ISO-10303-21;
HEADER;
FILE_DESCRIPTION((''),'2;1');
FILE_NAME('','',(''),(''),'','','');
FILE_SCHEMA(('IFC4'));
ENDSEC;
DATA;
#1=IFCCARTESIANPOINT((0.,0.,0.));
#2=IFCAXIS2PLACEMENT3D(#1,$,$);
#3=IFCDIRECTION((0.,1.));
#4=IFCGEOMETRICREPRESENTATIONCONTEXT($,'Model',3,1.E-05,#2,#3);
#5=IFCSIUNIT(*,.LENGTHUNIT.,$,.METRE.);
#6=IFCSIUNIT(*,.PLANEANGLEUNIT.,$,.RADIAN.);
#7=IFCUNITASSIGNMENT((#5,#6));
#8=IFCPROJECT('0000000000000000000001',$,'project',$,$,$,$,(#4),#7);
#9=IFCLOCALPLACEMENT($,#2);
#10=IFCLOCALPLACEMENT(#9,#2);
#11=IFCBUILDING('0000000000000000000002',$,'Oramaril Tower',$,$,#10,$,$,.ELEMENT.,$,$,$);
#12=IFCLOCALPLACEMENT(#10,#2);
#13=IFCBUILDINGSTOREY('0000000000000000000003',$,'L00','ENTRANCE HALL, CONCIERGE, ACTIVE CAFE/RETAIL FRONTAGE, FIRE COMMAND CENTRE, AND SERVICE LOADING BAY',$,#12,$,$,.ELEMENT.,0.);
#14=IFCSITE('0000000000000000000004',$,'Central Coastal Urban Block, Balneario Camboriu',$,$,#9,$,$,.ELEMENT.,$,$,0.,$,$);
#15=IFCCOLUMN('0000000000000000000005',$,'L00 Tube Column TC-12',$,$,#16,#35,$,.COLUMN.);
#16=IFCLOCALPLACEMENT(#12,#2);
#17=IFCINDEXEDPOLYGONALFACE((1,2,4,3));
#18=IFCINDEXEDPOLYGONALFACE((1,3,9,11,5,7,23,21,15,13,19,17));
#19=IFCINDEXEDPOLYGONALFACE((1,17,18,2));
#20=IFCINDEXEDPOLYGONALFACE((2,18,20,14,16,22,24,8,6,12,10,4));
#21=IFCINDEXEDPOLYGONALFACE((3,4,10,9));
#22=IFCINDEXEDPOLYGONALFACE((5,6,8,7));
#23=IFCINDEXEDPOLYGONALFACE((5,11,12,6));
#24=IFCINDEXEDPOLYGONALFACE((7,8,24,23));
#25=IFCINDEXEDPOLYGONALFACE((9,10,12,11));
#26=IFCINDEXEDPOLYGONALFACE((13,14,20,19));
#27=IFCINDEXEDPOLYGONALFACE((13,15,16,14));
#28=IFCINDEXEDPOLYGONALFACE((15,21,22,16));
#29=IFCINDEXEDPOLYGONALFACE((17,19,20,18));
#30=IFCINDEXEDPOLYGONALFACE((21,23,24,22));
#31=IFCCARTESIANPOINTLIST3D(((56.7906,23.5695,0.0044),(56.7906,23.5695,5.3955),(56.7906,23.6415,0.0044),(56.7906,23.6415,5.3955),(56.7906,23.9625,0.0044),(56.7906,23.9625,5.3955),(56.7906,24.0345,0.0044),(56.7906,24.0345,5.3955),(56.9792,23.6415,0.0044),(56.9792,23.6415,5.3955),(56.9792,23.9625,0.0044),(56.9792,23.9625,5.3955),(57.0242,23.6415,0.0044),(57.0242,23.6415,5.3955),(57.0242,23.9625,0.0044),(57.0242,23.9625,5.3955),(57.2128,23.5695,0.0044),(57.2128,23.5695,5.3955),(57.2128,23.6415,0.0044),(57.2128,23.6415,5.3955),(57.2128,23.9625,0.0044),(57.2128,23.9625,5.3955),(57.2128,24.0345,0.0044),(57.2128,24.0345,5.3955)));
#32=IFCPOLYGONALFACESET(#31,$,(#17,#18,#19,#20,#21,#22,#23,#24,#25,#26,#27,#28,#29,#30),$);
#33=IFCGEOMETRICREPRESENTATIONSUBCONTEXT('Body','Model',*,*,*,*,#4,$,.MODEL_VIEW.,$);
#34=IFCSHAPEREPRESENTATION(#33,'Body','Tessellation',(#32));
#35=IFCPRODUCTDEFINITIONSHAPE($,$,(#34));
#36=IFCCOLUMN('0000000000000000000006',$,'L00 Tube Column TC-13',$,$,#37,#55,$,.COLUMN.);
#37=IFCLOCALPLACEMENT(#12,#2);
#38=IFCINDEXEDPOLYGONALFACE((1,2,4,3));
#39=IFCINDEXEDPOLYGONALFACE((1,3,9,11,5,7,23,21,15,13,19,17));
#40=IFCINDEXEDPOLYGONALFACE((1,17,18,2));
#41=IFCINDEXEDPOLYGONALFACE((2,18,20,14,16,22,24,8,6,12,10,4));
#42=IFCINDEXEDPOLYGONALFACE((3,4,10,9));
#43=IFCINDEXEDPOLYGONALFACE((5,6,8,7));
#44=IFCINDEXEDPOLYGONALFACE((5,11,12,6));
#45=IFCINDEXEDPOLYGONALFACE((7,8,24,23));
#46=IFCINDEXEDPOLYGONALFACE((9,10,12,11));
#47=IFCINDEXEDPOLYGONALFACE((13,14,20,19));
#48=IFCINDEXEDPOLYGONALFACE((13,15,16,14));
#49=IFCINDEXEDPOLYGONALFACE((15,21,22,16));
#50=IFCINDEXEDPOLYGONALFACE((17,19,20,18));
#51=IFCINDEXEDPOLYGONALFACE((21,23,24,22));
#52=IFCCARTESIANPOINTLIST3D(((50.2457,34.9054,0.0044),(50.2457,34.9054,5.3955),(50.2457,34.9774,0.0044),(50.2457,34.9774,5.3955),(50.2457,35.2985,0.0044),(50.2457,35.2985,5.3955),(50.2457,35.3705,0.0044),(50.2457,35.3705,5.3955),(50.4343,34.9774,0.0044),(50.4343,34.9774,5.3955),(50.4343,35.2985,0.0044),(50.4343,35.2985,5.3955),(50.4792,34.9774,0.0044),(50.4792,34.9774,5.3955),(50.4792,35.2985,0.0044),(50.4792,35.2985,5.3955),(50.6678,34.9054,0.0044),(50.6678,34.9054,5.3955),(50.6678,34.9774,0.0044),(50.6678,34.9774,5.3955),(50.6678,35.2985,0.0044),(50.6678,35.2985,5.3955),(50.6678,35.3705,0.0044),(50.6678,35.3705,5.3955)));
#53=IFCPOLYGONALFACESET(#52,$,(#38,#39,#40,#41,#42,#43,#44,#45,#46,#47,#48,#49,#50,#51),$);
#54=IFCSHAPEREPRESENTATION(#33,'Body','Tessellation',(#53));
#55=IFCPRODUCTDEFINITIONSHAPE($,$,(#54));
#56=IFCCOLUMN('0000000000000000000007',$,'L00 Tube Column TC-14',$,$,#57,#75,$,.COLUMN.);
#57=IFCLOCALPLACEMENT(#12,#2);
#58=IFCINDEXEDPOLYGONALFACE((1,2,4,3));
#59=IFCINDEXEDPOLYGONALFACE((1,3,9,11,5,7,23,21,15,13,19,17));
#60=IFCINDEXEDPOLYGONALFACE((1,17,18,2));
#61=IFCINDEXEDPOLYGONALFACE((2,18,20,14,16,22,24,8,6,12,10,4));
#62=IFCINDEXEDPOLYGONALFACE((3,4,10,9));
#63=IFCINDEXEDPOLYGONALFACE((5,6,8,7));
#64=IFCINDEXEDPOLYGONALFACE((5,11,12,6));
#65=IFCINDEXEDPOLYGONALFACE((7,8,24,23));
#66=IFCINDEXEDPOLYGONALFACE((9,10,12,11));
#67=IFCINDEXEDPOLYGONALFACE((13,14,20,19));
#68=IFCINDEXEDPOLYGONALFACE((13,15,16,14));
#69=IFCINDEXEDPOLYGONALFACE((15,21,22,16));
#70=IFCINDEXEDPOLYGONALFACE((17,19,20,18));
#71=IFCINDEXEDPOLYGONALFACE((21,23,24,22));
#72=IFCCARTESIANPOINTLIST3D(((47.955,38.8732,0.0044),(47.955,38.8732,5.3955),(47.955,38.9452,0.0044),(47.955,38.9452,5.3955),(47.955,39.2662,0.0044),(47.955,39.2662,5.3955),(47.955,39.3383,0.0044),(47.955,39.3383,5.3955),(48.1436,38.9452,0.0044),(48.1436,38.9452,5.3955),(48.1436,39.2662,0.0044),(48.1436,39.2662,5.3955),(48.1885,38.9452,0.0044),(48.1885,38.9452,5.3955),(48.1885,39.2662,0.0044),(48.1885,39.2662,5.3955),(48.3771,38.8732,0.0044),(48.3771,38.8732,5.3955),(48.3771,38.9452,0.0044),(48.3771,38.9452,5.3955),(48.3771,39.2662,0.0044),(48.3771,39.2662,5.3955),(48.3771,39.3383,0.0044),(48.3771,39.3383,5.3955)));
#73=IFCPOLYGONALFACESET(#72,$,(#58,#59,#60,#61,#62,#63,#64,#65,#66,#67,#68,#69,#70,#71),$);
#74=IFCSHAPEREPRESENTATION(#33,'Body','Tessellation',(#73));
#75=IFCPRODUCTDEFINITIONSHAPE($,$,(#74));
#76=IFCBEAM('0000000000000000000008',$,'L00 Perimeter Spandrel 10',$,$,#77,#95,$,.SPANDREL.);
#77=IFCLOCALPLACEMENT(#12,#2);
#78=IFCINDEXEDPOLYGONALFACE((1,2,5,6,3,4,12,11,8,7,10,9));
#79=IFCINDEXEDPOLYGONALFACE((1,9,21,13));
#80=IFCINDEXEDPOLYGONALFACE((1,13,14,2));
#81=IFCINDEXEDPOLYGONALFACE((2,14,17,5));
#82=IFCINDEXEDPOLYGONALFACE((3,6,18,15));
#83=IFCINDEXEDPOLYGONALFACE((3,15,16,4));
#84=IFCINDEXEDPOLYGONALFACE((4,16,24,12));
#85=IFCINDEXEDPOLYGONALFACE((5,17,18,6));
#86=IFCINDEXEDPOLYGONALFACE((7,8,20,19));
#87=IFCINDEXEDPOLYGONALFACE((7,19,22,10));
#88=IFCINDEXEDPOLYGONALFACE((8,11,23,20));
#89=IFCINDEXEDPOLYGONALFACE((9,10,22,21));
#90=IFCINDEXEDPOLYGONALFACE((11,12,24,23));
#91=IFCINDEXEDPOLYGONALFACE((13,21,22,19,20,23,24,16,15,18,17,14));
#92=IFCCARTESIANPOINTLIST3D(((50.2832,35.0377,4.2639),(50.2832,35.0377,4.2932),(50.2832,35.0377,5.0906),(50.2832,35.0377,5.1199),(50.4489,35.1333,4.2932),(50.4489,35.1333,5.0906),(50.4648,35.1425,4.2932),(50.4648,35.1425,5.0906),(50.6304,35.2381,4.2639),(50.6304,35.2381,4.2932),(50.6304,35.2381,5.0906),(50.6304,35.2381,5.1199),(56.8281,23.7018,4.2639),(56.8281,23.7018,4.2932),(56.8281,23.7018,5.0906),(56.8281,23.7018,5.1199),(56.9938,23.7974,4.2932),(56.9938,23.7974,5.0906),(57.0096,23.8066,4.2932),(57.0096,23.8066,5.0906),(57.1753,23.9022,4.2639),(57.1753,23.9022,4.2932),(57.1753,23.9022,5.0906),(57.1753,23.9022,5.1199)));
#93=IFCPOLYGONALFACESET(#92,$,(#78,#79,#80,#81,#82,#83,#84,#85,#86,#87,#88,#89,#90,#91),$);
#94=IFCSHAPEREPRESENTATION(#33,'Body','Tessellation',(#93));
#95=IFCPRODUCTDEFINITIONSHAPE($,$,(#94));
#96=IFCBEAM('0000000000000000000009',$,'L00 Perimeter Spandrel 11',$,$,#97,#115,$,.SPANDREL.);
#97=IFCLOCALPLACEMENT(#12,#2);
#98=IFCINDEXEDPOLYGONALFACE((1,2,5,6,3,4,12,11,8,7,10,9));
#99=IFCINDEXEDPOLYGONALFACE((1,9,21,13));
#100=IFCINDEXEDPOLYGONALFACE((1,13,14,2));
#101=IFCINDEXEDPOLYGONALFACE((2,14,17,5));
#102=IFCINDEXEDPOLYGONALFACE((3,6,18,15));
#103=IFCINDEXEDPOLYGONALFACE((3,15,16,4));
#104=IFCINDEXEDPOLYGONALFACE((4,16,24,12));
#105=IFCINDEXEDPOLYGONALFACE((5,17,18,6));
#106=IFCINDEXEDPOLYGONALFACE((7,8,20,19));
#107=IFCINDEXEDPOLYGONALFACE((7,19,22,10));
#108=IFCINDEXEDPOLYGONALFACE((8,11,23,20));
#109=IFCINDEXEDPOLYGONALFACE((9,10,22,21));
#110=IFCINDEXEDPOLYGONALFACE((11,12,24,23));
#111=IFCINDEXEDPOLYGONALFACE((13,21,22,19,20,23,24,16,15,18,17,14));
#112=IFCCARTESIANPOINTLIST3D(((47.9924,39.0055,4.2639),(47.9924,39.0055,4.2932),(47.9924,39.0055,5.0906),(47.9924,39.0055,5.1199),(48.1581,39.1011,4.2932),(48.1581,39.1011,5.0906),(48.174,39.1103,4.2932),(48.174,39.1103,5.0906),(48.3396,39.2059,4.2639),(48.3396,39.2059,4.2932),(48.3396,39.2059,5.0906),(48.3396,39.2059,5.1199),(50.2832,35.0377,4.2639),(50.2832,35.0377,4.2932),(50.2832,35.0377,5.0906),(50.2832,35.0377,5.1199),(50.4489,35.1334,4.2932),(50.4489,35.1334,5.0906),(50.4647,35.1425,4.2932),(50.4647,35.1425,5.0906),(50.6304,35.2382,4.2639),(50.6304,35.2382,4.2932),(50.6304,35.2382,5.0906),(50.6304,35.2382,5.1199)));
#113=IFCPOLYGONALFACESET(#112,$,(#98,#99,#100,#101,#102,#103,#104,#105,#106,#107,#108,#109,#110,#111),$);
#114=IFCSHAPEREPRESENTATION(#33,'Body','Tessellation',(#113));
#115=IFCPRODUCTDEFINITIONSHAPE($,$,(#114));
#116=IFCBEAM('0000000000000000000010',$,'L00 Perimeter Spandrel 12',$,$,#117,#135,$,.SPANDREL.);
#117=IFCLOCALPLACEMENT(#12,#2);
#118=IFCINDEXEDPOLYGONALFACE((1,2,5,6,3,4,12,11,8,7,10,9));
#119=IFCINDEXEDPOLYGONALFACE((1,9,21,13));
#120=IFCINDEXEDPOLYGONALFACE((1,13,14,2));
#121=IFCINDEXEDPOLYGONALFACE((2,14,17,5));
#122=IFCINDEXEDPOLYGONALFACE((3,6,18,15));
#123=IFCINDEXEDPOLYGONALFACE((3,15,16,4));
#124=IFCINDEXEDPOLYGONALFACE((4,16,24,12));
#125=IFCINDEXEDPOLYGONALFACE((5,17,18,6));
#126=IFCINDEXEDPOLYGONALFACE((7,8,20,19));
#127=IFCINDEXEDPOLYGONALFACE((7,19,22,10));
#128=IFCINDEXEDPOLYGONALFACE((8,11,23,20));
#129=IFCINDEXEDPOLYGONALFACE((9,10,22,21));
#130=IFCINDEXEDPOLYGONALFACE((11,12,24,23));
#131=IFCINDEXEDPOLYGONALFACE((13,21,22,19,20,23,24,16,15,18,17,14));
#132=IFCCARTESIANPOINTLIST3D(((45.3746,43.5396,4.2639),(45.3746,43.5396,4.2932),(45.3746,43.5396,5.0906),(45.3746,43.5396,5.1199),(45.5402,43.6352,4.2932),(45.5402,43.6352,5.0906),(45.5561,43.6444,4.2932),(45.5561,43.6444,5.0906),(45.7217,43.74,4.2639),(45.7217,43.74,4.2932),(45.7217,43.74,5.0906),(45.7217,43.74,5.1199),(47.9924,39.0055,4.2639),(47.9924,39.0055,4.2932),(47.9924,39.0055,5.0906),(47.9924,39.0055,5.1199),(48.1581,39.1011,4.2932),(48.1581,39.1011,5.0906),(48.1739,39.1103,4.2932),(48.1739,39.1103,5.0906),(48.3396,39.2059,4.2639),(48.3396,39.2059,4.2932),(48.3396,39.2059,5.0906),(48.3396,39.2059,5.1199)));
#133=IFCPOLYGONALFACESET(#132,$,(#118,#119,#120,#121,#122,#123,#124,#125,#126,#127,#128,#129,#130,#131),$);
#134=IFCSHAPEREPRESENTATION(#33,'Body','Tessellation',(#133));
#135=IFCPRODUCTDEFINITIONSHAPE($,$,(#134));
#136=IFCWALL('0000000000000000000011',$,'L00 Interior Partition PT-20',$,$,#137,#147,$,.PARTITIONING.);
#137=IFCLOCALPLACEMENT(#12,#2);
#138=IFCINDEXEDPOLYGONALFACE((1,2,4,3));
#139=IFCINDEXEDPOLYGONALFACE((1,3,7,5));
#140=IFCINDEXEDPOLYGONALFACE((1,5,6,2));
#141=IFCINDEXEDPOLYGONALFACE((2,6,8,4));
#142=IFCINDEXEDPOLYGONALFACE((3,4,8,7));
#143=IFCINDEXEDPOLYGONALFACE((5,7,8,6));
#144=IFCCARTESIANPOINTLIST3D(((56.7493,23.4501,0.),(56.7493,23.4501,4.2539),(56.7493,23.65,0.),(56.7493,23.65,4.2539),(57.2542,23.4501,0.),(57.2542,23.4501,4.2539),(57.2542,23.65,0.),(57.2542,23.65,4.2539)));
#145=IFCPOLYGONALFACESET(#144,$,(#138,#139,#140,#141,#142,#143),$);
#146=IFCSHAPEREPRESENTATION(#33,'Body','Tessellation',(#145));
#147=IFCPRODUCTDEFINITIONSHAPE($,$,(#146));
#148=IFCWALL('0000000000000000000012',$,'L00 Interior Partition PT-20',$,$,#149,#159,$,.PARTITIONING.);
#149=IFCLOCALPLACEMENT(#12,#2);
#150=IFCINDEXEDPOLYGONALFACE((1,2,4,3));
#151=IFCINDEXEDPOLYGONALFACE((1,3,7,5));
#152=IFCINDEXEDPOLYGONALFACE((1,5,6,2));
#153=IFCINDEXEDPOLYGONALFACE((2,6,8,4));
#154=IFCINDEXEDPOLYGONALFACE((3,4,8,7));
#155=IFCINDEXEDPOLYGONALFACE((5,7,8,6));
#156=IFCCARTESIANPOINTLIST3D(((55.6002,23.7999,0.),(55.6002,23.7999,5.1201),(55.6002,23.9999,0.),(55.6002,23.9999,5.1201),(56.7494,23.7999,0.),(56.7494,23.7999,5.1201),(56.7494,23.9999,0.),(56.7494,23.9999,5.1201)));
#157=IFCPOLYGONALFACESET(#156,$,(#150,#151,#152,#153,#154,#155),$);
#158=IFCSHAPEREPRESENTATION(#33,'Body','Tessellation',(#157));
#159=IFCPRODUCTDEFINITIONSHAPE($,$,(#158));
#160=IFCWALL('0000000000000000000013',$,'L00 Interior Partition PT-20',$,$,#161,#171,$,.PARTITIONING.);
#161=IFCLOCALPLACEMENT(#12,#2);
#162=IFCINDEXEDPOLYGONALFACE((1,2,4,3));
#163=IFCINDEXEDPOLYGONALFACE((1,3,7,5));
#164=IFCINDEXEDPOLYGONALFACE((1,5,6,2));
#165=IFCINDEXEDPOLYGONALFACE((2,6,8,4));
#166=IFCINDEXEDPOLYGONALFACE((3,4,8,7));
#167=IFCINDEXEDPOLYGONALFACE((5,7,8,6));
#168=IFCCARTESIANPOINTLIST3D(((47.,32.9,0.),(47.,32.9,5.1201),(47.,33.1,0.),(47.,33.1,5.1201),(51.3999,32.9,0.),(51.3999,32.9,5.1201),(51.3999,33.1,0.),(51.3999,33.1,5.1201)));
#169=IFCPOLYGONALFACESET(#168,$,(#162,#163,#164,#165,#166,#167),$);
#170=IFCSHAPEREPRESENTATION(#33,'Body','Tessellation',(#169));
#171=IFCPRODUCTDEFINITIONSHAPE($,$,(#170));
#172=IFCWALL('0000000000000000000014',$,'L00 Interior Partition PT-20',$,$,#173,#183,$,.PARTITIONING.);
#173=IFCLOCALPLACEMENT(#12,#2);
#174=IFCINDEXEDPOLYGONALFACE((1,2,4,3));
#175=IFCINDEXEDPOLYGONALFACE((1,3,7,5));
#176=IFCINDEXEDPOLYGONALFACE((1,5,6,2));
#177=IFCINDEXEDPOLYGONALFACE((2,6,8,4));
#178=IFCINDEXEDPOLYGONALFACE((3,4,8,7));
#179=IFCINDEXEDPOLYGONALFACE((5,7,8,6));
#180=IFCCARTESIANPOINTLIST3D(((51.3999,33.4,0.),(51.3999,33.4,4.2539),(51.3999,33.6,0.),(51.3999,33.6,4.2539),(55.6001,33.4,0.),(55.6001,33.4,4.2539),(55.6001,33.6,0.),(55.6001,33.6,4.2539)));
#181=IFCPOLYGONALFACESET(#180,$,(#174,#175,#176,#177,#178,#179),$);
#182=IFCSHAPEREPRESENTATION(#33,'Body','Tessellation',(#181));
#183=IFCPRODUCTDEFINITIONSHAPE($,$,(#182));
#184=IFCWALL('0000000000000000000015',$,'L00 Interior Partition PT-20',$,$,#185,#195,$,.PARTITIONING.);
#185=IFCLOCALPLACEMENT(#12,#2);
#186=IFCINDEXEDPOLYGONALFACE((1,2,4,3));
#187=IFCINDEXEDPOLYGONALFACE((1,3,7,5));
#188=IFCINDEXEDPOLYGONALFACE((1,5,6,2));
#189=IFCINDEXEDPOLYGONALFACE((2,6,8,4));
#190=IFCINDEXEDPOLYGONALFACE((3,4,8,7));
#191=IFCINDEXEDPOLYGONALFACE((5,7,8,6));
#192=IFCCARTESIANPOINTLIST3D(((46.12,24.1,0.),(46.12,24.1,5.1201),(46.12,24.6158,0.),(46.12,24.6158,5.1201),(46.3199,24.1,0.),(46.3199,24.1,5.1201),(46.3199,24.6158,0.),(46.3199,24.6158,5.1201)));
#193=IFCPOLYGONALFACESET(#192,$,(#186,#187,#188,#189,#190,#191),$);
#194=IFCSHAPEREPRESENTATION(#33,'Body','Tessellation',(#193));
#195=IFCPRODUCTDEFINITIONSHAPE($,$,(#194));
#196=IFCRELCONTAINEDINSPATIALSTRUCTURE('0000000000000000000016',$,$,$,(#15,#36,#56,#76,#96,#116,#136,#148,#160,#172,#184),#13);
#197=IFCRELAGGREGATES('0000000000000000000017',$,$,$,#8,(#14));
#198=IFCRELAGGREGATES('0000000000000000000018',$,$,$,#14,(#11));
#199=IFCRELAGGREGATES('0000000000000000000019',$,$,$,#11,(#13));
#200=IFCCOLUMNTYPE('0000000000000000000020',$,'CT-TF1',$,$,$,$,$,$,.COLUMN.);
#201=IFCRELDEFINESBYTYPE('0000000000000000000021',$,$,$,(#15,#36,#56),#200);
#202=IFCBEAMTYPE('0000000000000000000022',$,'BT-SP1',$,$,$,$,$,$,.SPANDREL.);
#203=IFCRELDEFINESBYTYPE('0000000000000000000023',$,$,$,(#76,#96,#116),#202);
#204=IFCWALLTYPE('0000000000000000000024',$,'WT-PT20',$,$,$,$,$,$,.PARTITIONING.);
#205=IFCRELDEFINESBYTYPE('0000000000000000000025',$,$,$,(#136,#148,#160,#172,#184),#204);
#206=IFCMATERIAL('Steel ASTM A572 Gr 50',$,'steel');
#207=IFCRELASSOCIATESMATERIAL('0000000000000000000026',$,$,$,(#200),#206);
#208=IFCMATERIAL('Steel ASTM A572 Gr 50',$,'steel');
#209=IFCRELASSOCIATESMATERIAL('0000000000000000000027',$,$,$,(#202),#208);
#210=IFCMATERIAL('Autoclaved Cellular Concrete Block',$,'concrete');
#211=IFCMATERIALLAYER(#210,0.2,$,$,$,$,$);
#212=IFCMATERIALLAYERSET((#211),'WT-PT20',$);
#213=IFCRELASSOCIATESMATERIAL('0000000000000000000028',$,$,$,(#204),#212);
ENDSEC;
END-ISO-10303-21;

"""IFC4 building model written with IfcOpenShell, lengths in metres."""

from ifc_helpers import new_model, si_unit, direction, frame, frame_2d, origin, origin_2d, place, context, subcontext, project, spatial, rectangle, i_section, extrude, material, layer, layer_set, material_profile, profile_set, type_object, element, save


model = new_model("IFC4")

# Units and contexts
model_context = context("Model", 3, precision=1e-05, world=origin(), true_north=direction((0.0, 1.0)))
body_context = subcontext(model_context, "Body", "Model", "MODEL_VIEW")
ifc_project = project(units=[si_unit("LENGTHUNIT", "METRE"), si_unit("PLANEANGLEUNIT", "RADIAN")], contexts=[model_context])

# Site, building, storey
site_placement = place(None, origin())
site = spatial("IfcSite", under=ifc_project, at=site_placement, Name="Central Coastal Urban Block, Balneario Camboriu", CompositionType="ELEMENT", RefElevation=0.0)
building_placement = place(site_placement, origin())
building = spatial("IfcBuilding", under=site, at=building_placement, Name="Oramaril Tower", CompositionType="ELEMENT")
storey_placement = place(building_placement, origin())
storey = spatial("IfcBuildingStorey", under=building, at=storey_placement, Name="L00", Description="ENTRANCE HALL, CONCIERGE, ACTIVE CAFE/RETAIL FRONTAGE, FIRE COMMAND CENTRE, AND SERVICE LOADING BAY", CompositionType="ELEMENT", Elevation=0.0)

# Columns
ifc_material_1 = material(Name="Steel ASTM A572 Gr 50", Category="steel")
ifc_material_profile_1 = material_profile(ifc_material_1, i_section(OverallWidth=0.4221, OverallDepth=0.4651, WebThickness=0.0449, FlangeThickness=0.072, at=origin_2d()), Name="W14X398")
ifc_profile_set_1 = profile_set([ifc_material_profile_1], Name="Steel ASTM A572 Gr 50")
column_type = type_object("IfcColumnType", Name="CT-TF1", PredefinedType="COLUMN", material=ifc_profile_set_1)
for number, where, z_axis, x_axis, name in (
    (1, (57.0017, 23.802, 0.0044), (0.0, 0.0, 1.0), (1.0, 0.0, 0.0), "L00 Tube Column TC-12"),
    (2, (50.4568, 35.1379, 0.0044), (0.0, 0.0, 1.0), (1.0, 0.0, 0.0), "L00 Tube Column TC-13"),
    (3, (48.166, 39.1057, 0.0044), (0.0, 0.0, 1.0), (1.0, 0.0, 0.0), "L00 Tube Column TC-14"),
):
    element("IfcColumn", number, at=place(storey_placement, frame(where, z_axis=z_axis, x_axis=x_axis)), inside=storey, type_object=column_type, Name=name, PredefinedType="COLUMN", context=body_context, shape_type="SweptSolid", body=[
        extrude(i_section(OverallWidth=0.4221, OverallDepth=0.4651, WebThickness=0.0449, FlangeThickness=0.072, at=origin_2d()), origin(), (0.0, 0.0, 1.0), 5.3911),
    ])

# Beams
ifc_material_2 = material(Name="Steel ASTM A572 Gr 50", Category="steel")
ifc_material_profile_2 = material_profile(ifc_material_2, i_section(OverallWidth=0.4009, OverallDepth=0.856, WebThickness=0.0183, FlangeThickness=0.0293, at=origin_2d()), Name="W33X201")
ifc_profile_set_2 = profile_set([ifc_material_profile_2], Name="Steel ASTM A572 Gr 50")
beam_type = type_object("IfcBeamType", Name="BT-SP1", PredefinedType="SPANDREL", material=ifc_profile_set_2)
beam_1_placement = place(storey_placement, frame((57.0017, 23.802, 4.6919), z_axis=(-0.500007, 0.866022, 0.0), x_axis=(-0.866022, -0.500007, 0.0)))
element("IfcBeam", 4, at=beam_1_placement, inside=storey, type_object=beam_type, Name="L00 Perimeter Spandrel 10", PredefinedType="SPANDREL", context=body_context, shape_type="SweptSolid", body=[
    extrude(i_section(OverallWidth=0.4009, OverallDepth=0.856, WebThickness=0.0183, FlangeThickness=0.0293, at=origin_2d()), origin(), (0.0, 0.0, 1.0), 13.0896),
])
beam_2_placement = place(storey_placement, frame((50.4568, 35.1379, 4.6919), z_axis=(-0.499996, 0.866028, 0.0), x_axis=(-0.866028, -0.499996, 0.0)))
element("IfcBeam", 5, at=beam_2_placement, inside=storey, type_object=beam_type, Name="L00 Perimeter Spandrel 11", PredefinedType="SPANDREL", context=body_context, shape_type="SweptSolid", body=[
    extrude(i_section(OverallWidth=0.4009, OverallDepth=0.856, WebThickness=0.0183, FlangeThickness=0.0293, at=origin_2d()), origin(), (0.0, 0.0, 1.0), 4.5815),
])
beam_3_placement = place(storey_placement, frame((48.166, 39.1057, 4.6919), z_axis=(-0.500016, 0.866016, 0.0), x_axis=(-0.866016, -0.500016, 0.0)))
element("IfcBeam", 6, at=beam_3_placement, inside=storey, type_object=beam_type, Name="L00 Perimeter Spandrel 12", PredefinedType="SPANDREL", context=body_context, shape_type="SweptSolid", body=[
    extrude(i_section(OverallWidth=0.4009, OverallDepth=0.856, WebThickness=0.0183, FlangeThickness=0.0293, at=origin_2d()), origin(), (0.0, 0.0, 1.0), 5.2356),
])

# Shared definitions
ifc_material_3 = material(Name="Autoclaved Cellular Concrete Block", Category="concrete")
ifc_layer = layer(ifc_material_3, 0.2)
ifc_layer_set = layer_set([ifc_layer], Name="WT-PT20")
wall_type = type_object("IfcWallType", Name="WT-PT20", PredefinedType="PARTITIONING", material=ifc_layer_set)

# Walls
wall_1_placement = place(storey_placement, frame((56.7493, 23.55, 0.0), z_axis=(0.0, 0.0, 1.0), x_axis=(1.0, 0.0, 0.0)))
element("IfcWall", 7, at=wall_1_placement, inside=storey, type_object=wall_type, Name="L00 Interior Partition PT-20", PredefinedType="PARTITIONING", context=body_context, shape_type="SweptSolid", body=[
    extrude(rectangle(XDim=0.5049, YDim=0.2, at=frame_2d((0.2524, 0.0))), origin(), (0.0, 0.0, 1.0), 4.2539),
])
wall_2_placement = place(storey_placement, frame((55.6001, 23.8999, 0.0), z_axis=(0.0, 0.0, 1.0), x_axis=(1.0, 0.0, 0.0)))
element("IfcWall", 8, at=wall_2_placement, inside=storey, type_object=wall_type, Name="L00 Interior Partition PT-20", PredefinedType="PARTITIONING", context=body_context, shape_type="SweptSolid", body=[
    extrude(rectangle(XDim=1.1492, YDim=0.2, at=frame_2d((0.5747, 0.0))), origin(), (0.0, 0.0, 1.0), 5.1201),
])

# Walls
wall_3_placement = place(storey_placement, frame((47.0, 33.0, 0.0), z_axis=(0.0, 0.0, 1.0), x_axis=(1.0, 0.0, 0.0)))
element("IfcWall", 9, at=wall_3_placement, inside=storey, type_object=wall_type, Name="L00 Interior Partition PT-20", PredefinedType="PARTITIONING", context=body_context, shape_type="SweptSolid", body=[
    extrude(rectangle(XDim=4.3999, YDim=0.2, at=frame_2d((2.2, 0.0))), origin(), (0.0, 0.0, 1.0), 5.1201),
])
wall_4_placement = place(storey_placement, frame((51.3999, 33.5, 0.0), z_axis=(0.0, 0.0, 1.0), x_axis=(1.0, 0.0, 0.0)))
element("IfcWall", 10, at=wall_4_placement, inside=storey, type_object=wall_type, Name="L00 Interior Partition PT-20", PredefinedType="PARTITIONING", context=body_context, shape_type="SweptSolid", body=[
    extrude(rectangle(XDim=4.2002, YDim=0.2, at=frame_2d((2.1001, 0.0))), origin(), (0.0, 0.0, 1.0), 4.2539),
])
wall_5_placement = place(storey_placement, frame((46.22, 24.1001, 0.0), z_axis=(0.0, 0.0, 1.0), x_axis=(0.0, 1.0, 0.0)))
element("IfcWall", 11, at=wall_5_placement, inside=storey, type_object=wall_type, Name="L00 Interior Partition PT-20", PredefinedType="PARTITIONING", context=body_context, shape_type="SweptSolid", body=[
    extrude(rectangle(XDim=0.5159, YDim=0.2, at=frame_2d((0.2578, 0.0))), origin(), (0.0, 0.0, 1.0), 5.1201),
])

save(model, "model.ifc")
